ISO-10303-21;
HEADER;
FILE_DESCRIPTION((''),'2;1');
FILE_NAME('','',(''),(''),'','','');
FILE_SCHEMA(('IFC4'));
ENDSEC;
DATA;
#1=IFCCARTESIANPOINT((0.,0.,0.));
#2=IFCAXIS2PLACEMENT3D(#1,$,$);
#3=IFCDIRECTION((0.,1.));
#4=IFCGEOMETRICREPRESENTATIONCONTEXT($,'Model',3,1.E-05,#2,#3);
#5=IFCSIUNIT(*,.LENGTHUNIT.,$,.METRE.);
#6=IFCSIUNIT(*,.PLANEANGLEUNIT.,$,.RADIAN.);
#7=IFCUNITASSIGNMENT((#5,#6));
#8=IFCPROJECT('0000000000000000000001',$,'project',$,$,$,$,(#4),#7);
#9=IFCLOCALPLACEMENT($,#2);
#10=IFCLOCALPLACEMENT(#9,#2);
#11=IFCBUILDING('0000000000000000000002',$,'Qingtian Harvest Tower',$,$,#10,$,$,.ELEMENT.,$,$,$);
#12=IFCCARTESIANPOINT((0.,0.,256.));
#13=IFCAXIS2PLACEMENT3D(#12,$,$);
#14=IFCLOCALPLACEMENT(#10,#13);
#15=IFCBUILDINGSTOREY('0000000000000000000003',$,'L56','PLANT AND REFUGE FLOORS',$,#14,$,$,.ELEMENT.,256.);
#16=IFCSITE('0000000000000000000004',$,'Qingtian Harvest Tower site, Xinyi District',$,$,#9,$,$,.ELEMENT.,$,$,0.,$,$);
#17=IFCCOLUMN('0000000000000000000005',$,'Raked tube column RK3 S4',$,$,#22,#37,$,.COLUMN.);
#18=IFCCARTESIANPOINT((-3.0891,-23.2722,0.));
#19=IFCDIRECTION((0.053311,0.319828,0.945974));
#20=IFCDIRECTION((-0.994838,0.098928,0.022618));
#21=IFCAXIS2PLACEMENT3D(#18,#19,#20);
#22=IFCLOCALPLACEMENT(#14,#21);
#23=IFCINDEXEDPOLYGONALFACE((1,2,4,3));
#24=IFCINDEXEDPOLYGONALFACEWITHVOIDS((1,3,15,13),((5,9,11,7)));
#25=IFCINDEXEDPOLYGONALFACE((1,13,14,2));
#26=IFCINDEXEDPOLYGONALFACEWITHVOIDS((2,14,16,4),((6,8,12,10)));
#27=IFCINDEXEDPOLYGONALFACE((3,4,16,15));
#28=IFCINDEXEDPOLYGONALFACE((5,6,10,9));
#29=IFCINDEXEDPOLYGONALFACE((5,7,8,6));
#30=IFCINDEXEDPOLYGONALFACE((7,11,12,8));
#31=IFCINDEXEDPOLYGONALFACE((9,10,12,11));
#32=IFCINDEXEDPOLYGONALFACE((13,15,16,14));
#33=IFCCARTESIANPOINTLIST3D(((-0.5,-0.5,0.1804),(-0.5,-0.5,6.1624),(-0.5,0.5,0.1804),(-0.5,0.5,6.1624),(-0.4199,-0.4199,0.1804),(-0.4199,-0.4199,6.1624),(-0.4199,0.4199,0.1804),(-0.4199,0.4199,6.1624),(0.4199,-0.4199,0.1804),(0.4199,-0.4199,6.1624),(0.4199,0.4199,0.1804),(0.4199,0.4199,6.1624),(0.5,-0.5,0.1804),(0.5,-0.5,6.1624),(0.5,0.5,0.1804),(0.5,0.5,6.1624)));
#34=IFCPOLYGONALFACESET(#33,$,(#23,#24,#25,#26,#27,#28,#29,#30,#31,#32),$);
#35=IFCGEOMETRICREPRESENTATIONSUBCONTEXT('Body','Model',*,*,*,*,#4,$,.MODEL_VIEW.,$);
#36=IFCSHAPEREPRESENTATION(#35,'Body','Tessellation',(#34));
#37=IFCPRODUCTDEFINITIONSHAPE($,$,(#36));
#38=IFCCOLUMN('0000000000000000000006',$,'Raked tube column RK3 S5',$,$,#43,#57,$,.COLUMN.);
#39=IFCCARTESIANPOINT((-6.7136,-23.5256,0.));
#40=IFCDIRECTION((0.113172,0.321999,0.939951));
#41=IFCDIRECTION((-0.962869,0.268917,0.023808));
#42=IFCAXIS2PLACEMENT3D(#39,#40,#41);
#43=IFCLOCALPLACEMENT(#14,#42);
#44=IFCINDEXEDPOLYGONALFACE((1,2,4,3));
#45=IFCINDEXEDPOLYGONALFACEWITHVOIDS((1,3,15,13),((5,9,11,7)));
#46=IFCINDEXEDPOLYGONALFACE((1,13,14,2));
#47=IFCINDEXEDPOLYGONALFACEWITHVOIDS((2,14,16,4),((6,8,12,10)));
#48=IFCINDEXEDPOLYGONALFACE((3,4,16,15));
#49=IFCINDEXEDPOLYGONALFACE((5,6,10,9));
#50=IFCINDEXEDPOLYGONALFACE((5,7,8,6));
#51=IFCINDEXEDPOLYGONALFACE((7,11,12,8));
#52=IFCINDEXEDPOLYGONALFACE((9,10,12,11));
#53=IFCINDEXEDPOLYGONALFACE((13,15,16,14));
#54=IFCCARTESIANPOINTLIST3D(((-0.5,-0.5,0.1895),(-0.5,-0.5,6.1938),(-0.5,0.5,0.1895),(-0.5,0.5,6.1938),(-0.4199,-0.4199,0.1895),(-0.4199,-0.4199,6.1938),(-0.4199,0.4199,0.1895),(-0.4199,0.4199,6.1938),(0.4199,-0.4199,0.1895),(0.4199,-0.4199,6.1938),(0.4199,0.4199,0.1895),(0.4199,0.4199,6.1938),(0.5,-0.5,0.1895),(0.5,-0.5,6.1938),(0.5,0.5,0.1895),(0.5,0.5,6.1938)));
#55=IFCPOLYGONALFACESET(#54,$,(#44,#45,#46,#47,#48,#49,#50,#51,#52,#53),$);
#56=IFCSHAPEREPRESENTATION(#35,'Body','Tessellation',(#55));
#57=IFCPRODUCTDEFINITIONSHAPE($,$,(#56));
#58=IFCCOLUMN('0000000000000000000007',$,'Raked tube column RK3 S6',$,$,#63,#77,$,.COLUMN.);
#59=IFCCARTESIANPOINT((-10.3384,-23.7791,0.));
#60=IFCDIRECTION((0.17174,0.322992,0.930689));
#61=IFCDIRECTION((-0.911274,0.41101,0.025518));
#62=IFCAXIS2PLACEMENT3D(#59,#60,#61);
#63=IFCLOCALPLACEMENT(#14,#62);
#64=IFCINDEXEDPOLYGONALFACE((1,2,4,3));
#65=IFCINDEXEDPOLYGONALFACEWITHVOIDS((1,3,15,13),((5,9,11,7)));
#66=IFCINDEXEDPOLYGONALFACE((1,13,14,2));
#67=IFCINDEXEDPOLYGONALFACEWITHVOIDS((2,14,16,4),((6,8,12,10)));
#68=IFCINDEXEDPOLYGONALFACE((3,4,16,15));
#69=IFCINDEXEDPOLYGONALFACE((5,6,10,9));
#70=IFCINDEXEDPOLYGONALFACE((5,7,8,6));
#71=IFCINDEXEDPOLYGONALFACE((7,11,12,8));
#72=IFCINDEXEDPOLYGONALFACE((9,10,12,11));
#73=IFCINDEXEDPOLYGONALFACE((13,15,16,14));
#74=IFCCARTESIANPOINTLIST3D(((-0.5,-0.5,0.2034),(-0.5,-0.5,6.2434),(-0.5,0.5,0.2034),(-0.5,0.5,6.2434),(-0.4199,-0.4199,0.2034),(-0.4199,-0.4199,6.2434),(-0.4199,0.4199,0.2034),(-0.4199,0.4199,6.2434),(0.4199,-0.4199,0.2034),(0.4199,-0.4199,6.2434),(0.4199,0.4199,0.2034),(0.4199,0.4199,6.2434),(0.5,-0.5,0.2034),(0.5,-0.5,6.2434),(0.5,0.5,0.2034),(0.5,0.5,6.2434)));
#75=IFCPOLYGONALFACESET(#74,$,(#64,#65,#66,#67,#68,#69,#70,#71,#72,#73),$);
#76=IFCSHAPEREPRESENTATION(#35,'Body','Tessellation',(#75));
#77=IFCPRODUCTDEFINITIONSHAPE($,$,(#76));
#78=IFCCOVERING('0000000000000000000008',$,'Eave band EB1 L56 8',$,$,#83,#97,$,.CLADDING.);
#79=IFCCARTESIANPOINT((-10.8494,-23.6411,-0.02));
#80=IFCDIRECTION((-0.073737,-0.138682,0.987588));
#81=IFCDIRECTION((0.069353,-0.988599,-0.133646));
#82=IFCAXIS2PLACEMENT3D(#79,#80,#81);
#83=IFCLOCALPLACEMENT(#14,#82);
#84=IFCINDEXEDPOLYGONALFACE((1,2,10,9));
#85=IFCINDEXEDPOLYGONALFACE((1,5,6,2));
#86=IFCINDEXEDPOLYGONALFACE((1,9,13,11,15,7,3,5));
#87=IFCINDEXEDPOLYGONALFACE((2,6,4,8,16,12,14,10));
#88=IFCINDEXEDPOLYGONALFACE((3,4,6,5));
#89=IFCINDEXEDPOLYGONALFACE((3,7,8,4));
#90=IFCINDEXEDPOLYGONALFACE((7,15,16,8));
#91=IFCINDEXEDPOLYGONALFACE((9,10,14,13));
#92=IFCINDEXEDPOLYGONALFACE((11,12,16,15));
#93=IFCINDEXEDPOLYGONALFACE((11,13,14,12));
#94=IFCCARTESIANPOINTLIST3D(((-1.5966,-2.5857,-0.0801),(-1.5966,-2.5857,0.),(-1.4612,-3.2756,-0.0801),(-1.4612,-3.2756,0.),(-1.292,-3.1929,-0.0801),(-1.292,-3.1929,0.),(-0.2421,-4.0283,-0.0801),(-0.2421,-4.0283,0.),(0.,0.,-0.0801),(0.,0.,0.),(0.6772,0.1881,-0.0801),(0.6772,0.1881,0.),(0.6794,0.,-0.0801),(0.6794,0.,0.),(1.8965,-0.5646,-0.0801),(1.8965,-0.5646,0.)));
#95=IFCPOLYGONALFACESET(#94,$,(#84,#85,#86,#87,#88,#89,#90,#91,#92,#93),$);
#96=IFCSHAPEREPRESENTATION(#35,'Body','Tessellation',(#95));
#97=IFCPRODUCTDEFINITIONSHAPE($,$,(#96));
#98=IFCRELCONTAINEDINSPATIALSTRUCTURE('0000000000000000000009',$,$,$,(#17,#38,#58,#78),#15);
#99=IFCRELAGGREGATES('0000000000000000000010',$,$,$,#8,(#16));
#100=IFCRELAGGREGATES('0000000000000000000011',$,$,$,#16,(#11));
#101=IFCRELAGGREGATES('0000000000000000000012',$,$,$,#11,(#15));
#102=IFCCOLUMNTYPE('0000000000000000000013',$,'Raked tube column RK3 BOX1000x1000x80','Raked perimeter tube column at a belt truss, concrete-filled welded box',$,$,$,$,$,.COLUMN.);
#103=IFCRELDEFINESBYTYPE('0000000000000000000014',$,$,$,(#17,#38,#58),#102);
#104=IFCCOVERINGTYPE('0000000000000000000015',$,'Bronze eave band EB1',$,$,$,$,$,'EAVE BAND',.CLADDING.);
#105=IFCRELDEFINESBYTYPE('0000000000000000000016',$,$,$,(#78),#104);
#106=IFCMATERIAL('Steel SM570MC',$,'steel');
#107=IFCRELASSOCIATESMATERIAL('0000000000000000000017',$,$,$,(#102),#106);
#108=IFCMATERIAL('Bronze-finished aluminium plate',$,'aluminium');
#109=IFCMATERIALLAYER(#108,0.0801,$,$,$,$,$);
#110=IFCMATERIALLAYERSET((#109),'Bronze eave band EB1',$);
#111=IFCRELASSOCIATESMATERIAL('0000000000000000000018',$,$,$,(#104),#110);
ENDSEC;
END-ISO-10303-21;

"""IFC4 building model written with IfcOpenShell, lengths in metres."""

from ifc_helpers import new_model, si_unit, direction, frame, origin, origin_2d, place, context, subcontext, project, spatial, polyline, hollow_rectangle, outline, extrude, clip, halfspace, material, layer, layer_set, material_profile, profile_set, type_object, element, save


model = new_model("IFC4")

# Units and contexts
model_context = context("Model", 3, precision=1e-05, world=origin(), true_north=direction((0.0, 1.0)))
body_context = subcontext(model_context, "Body", "Model", "MODEL_VIEW")
ifc_project = project(units=[si_unit("LENGTHUNIT", "METRE"), si_unit("PLANEANGLEUNIT", "RADIAN")], contexts=[model_context])

# Site, building, storey
site_placement = place(None, origin())
site = spatial("IfcSite", under=ifc_project, at=site_placement, Name="Qingtian Harvest Tower site, Xinyi District", CompositionType="ELEMENT", RefElevation=0.0)
building_placement = place(site_placement, origin())
building = spatial("IfcBuilding", under=site, at=building_placement, Name="Qingtian Harvest Tower", CompositionType="ELEMENT")
storey_placement = place(building_placement, frame((0.0, 0.0, 256.0)))
storey = spatial("IfcBuildingStorey", under=building, at=storey_placement, Name="L56", Description="PLANT AND REFUGE FLOORS", CompositionType="ELEMENT", Elevation=256.0)

# Columns
ifc_material_1 = material(Name="Steel SM570MC", Category="steel")
ifc_material_profile_1 = material_profile(ifc_material_1, hollow_rectangle(XDim=1.0, YDim=1.0, WallThickness=0.0801, at=origin_2d()), Name="BOX1000x1000x80")
ifc_profile_set_1 = profile_set([ifc_material_profile_1], Name="Steel SM570MC")
column_type = type_object("IfcColumnType", Name="Raked tube column RK3 BOX1000x1000x80", Description="Raked perimeter tube column at a belt truss, concrete-filled welded box", PredefinedType="COLUMN", material=ifc_profile_set_1)
column_1_placement = place(storey_placement, frame((-3.0891, -23.2722, 0.0), z_axis=(0.053311, 0.319828, 0.945974), x_axis=(-0.994838, 0.098928, 0.022618)))
element("IfcColumn", 1, at=column_1_placement, inside=storey, type_object=column_type, Name="Raked tube column RK3 S4", PredefinedType="COLUMN", context=body_context, shape_type="Clipping", body=[
    clip(clip(extrude(hollow_rectangle(XDim=1.0, YDim=1.0, WallThickness=0.0801, at=origin_2d()), origin(), (0.0, 0.0, 1.0), 6.3428), halfspace(frame((0.0, 0.0, 0.1804), z_axis=(0.0, 0.0, -1.0), x_axis=(0.0, -1.0, 0.0)), False)), halfspace(frame((0.0, 0.0, 6.1624), z_axis=(0.0, 0.0, 1.0), x_axis=(0.0, 1.0, 0.0)), False)),
])
column_2_placement = place(storey_placement, frame((-6.7136, -23.5256, 0.0), z_axis=(0.113172, 0.321999, 0.939951), x_axis=(-0.962869, 0.268917, 0.023808)))
element("IfcColumn", 2, at=column_2_placement, inside=storey, type_object=column_type, Name="Raked tube column RK3 S5", PredefinedType="COLUMN", context=body_context, shape_type="Clipping", body=[
    clip(clip(extrude(hollow_rectangle(XDim=1.0, YDim=1.0, WallThickness=0.0801, at=origin_2d()), origin(), (0.0, 0.0, 1.0), 6.3833), halfspace(frame((0.0, 0.0, 0.1895), z_axis=(0.0, 0.0, -1.0), x_axis=(0.0, -1.0, 0.0)), False)), halfspace(frame((0.0, 0.0, 6.1938), z_axis=(0.0, 0.0, 1.0), x_axis=(0.0, 1.0, 0.0)), False)),
])
column_3_placement = place(storey_placement, frame((-10.3384, -23.7791, 0.0), z_axis=(0.17174, 0.322992, 0.930689), x_axis=(-0.911274, 0.41101, 0.025518)))
element("IfcColumn", 3, at=column_3_placement, inside=storey, type_object=column_type, Name="Raked tube column RK3 S6", PredefinedType="COLUMN", context=body_context, shape_type="Clipping", body=[
    clip(clip(extrude(hollow_rectangle(XDim=1.0, YDim=1.0, WallThickness=0.0801, at=origin_2d()), origin(), (0.0, 0.0, 1.0), 6.4468), halfspace(frame((0.0, 0.0, 0.2034), z_axis=(0.0, 0.0, -1.0), x_axis=(0.0, -1.0, 0.0)), False)), halfspace(frame((0.0, 0.0, 6.2434), z_axis=(0.0, 0.0, 1.0), x_axis=(0.0, 1.0, 0.0)), False)),
])

# Covering
ifc_material_2 = material(Name="Bronze-finished aluminium plate", Category="aluminium")
ifc_layer_1 = layer(ifc_material_2, 0.0801)
ifc_layer_set_1 = layer_set([ifc_layer_1], Name="Bronze eave band EB1")
covering_type = type_object("IfcCoveringType", Name="Bronze eave band EB1", ElementType="EAVE BAND", PredefinedType="CLADDING", material=ifc_layer_set_1)
covering_placement = place(storey_placement, frame((-10.8494, -23.6411, -0.02), z_axis=(-0.073737, -0.138682, 0.987588), x_axis=(0.069353, -0.988599, -0.133646)))
element("IfcCovering", 4, at=covering_placement, inside=storey, type_object=covering_type, Name="Eave band EB1 L56 8", PredefinedType="CLADDING", context=body_context, shape_type="SweptSolid", body=[
    extrude(outline(polyline([(0.0, 0.0), (0.6794, 0.0), (0.6772, 0.1881), (1.8965, -0.5646), (-0.2421, -4.0283), (-1.4612, -3.2756), (-1.292, -3.1929), (-1.5966, -2.5857), (0.0, 0.0)])), origin(), (0.0, 0.0, -1.0), 0.0801),
])

save(model, "model.ifc")
